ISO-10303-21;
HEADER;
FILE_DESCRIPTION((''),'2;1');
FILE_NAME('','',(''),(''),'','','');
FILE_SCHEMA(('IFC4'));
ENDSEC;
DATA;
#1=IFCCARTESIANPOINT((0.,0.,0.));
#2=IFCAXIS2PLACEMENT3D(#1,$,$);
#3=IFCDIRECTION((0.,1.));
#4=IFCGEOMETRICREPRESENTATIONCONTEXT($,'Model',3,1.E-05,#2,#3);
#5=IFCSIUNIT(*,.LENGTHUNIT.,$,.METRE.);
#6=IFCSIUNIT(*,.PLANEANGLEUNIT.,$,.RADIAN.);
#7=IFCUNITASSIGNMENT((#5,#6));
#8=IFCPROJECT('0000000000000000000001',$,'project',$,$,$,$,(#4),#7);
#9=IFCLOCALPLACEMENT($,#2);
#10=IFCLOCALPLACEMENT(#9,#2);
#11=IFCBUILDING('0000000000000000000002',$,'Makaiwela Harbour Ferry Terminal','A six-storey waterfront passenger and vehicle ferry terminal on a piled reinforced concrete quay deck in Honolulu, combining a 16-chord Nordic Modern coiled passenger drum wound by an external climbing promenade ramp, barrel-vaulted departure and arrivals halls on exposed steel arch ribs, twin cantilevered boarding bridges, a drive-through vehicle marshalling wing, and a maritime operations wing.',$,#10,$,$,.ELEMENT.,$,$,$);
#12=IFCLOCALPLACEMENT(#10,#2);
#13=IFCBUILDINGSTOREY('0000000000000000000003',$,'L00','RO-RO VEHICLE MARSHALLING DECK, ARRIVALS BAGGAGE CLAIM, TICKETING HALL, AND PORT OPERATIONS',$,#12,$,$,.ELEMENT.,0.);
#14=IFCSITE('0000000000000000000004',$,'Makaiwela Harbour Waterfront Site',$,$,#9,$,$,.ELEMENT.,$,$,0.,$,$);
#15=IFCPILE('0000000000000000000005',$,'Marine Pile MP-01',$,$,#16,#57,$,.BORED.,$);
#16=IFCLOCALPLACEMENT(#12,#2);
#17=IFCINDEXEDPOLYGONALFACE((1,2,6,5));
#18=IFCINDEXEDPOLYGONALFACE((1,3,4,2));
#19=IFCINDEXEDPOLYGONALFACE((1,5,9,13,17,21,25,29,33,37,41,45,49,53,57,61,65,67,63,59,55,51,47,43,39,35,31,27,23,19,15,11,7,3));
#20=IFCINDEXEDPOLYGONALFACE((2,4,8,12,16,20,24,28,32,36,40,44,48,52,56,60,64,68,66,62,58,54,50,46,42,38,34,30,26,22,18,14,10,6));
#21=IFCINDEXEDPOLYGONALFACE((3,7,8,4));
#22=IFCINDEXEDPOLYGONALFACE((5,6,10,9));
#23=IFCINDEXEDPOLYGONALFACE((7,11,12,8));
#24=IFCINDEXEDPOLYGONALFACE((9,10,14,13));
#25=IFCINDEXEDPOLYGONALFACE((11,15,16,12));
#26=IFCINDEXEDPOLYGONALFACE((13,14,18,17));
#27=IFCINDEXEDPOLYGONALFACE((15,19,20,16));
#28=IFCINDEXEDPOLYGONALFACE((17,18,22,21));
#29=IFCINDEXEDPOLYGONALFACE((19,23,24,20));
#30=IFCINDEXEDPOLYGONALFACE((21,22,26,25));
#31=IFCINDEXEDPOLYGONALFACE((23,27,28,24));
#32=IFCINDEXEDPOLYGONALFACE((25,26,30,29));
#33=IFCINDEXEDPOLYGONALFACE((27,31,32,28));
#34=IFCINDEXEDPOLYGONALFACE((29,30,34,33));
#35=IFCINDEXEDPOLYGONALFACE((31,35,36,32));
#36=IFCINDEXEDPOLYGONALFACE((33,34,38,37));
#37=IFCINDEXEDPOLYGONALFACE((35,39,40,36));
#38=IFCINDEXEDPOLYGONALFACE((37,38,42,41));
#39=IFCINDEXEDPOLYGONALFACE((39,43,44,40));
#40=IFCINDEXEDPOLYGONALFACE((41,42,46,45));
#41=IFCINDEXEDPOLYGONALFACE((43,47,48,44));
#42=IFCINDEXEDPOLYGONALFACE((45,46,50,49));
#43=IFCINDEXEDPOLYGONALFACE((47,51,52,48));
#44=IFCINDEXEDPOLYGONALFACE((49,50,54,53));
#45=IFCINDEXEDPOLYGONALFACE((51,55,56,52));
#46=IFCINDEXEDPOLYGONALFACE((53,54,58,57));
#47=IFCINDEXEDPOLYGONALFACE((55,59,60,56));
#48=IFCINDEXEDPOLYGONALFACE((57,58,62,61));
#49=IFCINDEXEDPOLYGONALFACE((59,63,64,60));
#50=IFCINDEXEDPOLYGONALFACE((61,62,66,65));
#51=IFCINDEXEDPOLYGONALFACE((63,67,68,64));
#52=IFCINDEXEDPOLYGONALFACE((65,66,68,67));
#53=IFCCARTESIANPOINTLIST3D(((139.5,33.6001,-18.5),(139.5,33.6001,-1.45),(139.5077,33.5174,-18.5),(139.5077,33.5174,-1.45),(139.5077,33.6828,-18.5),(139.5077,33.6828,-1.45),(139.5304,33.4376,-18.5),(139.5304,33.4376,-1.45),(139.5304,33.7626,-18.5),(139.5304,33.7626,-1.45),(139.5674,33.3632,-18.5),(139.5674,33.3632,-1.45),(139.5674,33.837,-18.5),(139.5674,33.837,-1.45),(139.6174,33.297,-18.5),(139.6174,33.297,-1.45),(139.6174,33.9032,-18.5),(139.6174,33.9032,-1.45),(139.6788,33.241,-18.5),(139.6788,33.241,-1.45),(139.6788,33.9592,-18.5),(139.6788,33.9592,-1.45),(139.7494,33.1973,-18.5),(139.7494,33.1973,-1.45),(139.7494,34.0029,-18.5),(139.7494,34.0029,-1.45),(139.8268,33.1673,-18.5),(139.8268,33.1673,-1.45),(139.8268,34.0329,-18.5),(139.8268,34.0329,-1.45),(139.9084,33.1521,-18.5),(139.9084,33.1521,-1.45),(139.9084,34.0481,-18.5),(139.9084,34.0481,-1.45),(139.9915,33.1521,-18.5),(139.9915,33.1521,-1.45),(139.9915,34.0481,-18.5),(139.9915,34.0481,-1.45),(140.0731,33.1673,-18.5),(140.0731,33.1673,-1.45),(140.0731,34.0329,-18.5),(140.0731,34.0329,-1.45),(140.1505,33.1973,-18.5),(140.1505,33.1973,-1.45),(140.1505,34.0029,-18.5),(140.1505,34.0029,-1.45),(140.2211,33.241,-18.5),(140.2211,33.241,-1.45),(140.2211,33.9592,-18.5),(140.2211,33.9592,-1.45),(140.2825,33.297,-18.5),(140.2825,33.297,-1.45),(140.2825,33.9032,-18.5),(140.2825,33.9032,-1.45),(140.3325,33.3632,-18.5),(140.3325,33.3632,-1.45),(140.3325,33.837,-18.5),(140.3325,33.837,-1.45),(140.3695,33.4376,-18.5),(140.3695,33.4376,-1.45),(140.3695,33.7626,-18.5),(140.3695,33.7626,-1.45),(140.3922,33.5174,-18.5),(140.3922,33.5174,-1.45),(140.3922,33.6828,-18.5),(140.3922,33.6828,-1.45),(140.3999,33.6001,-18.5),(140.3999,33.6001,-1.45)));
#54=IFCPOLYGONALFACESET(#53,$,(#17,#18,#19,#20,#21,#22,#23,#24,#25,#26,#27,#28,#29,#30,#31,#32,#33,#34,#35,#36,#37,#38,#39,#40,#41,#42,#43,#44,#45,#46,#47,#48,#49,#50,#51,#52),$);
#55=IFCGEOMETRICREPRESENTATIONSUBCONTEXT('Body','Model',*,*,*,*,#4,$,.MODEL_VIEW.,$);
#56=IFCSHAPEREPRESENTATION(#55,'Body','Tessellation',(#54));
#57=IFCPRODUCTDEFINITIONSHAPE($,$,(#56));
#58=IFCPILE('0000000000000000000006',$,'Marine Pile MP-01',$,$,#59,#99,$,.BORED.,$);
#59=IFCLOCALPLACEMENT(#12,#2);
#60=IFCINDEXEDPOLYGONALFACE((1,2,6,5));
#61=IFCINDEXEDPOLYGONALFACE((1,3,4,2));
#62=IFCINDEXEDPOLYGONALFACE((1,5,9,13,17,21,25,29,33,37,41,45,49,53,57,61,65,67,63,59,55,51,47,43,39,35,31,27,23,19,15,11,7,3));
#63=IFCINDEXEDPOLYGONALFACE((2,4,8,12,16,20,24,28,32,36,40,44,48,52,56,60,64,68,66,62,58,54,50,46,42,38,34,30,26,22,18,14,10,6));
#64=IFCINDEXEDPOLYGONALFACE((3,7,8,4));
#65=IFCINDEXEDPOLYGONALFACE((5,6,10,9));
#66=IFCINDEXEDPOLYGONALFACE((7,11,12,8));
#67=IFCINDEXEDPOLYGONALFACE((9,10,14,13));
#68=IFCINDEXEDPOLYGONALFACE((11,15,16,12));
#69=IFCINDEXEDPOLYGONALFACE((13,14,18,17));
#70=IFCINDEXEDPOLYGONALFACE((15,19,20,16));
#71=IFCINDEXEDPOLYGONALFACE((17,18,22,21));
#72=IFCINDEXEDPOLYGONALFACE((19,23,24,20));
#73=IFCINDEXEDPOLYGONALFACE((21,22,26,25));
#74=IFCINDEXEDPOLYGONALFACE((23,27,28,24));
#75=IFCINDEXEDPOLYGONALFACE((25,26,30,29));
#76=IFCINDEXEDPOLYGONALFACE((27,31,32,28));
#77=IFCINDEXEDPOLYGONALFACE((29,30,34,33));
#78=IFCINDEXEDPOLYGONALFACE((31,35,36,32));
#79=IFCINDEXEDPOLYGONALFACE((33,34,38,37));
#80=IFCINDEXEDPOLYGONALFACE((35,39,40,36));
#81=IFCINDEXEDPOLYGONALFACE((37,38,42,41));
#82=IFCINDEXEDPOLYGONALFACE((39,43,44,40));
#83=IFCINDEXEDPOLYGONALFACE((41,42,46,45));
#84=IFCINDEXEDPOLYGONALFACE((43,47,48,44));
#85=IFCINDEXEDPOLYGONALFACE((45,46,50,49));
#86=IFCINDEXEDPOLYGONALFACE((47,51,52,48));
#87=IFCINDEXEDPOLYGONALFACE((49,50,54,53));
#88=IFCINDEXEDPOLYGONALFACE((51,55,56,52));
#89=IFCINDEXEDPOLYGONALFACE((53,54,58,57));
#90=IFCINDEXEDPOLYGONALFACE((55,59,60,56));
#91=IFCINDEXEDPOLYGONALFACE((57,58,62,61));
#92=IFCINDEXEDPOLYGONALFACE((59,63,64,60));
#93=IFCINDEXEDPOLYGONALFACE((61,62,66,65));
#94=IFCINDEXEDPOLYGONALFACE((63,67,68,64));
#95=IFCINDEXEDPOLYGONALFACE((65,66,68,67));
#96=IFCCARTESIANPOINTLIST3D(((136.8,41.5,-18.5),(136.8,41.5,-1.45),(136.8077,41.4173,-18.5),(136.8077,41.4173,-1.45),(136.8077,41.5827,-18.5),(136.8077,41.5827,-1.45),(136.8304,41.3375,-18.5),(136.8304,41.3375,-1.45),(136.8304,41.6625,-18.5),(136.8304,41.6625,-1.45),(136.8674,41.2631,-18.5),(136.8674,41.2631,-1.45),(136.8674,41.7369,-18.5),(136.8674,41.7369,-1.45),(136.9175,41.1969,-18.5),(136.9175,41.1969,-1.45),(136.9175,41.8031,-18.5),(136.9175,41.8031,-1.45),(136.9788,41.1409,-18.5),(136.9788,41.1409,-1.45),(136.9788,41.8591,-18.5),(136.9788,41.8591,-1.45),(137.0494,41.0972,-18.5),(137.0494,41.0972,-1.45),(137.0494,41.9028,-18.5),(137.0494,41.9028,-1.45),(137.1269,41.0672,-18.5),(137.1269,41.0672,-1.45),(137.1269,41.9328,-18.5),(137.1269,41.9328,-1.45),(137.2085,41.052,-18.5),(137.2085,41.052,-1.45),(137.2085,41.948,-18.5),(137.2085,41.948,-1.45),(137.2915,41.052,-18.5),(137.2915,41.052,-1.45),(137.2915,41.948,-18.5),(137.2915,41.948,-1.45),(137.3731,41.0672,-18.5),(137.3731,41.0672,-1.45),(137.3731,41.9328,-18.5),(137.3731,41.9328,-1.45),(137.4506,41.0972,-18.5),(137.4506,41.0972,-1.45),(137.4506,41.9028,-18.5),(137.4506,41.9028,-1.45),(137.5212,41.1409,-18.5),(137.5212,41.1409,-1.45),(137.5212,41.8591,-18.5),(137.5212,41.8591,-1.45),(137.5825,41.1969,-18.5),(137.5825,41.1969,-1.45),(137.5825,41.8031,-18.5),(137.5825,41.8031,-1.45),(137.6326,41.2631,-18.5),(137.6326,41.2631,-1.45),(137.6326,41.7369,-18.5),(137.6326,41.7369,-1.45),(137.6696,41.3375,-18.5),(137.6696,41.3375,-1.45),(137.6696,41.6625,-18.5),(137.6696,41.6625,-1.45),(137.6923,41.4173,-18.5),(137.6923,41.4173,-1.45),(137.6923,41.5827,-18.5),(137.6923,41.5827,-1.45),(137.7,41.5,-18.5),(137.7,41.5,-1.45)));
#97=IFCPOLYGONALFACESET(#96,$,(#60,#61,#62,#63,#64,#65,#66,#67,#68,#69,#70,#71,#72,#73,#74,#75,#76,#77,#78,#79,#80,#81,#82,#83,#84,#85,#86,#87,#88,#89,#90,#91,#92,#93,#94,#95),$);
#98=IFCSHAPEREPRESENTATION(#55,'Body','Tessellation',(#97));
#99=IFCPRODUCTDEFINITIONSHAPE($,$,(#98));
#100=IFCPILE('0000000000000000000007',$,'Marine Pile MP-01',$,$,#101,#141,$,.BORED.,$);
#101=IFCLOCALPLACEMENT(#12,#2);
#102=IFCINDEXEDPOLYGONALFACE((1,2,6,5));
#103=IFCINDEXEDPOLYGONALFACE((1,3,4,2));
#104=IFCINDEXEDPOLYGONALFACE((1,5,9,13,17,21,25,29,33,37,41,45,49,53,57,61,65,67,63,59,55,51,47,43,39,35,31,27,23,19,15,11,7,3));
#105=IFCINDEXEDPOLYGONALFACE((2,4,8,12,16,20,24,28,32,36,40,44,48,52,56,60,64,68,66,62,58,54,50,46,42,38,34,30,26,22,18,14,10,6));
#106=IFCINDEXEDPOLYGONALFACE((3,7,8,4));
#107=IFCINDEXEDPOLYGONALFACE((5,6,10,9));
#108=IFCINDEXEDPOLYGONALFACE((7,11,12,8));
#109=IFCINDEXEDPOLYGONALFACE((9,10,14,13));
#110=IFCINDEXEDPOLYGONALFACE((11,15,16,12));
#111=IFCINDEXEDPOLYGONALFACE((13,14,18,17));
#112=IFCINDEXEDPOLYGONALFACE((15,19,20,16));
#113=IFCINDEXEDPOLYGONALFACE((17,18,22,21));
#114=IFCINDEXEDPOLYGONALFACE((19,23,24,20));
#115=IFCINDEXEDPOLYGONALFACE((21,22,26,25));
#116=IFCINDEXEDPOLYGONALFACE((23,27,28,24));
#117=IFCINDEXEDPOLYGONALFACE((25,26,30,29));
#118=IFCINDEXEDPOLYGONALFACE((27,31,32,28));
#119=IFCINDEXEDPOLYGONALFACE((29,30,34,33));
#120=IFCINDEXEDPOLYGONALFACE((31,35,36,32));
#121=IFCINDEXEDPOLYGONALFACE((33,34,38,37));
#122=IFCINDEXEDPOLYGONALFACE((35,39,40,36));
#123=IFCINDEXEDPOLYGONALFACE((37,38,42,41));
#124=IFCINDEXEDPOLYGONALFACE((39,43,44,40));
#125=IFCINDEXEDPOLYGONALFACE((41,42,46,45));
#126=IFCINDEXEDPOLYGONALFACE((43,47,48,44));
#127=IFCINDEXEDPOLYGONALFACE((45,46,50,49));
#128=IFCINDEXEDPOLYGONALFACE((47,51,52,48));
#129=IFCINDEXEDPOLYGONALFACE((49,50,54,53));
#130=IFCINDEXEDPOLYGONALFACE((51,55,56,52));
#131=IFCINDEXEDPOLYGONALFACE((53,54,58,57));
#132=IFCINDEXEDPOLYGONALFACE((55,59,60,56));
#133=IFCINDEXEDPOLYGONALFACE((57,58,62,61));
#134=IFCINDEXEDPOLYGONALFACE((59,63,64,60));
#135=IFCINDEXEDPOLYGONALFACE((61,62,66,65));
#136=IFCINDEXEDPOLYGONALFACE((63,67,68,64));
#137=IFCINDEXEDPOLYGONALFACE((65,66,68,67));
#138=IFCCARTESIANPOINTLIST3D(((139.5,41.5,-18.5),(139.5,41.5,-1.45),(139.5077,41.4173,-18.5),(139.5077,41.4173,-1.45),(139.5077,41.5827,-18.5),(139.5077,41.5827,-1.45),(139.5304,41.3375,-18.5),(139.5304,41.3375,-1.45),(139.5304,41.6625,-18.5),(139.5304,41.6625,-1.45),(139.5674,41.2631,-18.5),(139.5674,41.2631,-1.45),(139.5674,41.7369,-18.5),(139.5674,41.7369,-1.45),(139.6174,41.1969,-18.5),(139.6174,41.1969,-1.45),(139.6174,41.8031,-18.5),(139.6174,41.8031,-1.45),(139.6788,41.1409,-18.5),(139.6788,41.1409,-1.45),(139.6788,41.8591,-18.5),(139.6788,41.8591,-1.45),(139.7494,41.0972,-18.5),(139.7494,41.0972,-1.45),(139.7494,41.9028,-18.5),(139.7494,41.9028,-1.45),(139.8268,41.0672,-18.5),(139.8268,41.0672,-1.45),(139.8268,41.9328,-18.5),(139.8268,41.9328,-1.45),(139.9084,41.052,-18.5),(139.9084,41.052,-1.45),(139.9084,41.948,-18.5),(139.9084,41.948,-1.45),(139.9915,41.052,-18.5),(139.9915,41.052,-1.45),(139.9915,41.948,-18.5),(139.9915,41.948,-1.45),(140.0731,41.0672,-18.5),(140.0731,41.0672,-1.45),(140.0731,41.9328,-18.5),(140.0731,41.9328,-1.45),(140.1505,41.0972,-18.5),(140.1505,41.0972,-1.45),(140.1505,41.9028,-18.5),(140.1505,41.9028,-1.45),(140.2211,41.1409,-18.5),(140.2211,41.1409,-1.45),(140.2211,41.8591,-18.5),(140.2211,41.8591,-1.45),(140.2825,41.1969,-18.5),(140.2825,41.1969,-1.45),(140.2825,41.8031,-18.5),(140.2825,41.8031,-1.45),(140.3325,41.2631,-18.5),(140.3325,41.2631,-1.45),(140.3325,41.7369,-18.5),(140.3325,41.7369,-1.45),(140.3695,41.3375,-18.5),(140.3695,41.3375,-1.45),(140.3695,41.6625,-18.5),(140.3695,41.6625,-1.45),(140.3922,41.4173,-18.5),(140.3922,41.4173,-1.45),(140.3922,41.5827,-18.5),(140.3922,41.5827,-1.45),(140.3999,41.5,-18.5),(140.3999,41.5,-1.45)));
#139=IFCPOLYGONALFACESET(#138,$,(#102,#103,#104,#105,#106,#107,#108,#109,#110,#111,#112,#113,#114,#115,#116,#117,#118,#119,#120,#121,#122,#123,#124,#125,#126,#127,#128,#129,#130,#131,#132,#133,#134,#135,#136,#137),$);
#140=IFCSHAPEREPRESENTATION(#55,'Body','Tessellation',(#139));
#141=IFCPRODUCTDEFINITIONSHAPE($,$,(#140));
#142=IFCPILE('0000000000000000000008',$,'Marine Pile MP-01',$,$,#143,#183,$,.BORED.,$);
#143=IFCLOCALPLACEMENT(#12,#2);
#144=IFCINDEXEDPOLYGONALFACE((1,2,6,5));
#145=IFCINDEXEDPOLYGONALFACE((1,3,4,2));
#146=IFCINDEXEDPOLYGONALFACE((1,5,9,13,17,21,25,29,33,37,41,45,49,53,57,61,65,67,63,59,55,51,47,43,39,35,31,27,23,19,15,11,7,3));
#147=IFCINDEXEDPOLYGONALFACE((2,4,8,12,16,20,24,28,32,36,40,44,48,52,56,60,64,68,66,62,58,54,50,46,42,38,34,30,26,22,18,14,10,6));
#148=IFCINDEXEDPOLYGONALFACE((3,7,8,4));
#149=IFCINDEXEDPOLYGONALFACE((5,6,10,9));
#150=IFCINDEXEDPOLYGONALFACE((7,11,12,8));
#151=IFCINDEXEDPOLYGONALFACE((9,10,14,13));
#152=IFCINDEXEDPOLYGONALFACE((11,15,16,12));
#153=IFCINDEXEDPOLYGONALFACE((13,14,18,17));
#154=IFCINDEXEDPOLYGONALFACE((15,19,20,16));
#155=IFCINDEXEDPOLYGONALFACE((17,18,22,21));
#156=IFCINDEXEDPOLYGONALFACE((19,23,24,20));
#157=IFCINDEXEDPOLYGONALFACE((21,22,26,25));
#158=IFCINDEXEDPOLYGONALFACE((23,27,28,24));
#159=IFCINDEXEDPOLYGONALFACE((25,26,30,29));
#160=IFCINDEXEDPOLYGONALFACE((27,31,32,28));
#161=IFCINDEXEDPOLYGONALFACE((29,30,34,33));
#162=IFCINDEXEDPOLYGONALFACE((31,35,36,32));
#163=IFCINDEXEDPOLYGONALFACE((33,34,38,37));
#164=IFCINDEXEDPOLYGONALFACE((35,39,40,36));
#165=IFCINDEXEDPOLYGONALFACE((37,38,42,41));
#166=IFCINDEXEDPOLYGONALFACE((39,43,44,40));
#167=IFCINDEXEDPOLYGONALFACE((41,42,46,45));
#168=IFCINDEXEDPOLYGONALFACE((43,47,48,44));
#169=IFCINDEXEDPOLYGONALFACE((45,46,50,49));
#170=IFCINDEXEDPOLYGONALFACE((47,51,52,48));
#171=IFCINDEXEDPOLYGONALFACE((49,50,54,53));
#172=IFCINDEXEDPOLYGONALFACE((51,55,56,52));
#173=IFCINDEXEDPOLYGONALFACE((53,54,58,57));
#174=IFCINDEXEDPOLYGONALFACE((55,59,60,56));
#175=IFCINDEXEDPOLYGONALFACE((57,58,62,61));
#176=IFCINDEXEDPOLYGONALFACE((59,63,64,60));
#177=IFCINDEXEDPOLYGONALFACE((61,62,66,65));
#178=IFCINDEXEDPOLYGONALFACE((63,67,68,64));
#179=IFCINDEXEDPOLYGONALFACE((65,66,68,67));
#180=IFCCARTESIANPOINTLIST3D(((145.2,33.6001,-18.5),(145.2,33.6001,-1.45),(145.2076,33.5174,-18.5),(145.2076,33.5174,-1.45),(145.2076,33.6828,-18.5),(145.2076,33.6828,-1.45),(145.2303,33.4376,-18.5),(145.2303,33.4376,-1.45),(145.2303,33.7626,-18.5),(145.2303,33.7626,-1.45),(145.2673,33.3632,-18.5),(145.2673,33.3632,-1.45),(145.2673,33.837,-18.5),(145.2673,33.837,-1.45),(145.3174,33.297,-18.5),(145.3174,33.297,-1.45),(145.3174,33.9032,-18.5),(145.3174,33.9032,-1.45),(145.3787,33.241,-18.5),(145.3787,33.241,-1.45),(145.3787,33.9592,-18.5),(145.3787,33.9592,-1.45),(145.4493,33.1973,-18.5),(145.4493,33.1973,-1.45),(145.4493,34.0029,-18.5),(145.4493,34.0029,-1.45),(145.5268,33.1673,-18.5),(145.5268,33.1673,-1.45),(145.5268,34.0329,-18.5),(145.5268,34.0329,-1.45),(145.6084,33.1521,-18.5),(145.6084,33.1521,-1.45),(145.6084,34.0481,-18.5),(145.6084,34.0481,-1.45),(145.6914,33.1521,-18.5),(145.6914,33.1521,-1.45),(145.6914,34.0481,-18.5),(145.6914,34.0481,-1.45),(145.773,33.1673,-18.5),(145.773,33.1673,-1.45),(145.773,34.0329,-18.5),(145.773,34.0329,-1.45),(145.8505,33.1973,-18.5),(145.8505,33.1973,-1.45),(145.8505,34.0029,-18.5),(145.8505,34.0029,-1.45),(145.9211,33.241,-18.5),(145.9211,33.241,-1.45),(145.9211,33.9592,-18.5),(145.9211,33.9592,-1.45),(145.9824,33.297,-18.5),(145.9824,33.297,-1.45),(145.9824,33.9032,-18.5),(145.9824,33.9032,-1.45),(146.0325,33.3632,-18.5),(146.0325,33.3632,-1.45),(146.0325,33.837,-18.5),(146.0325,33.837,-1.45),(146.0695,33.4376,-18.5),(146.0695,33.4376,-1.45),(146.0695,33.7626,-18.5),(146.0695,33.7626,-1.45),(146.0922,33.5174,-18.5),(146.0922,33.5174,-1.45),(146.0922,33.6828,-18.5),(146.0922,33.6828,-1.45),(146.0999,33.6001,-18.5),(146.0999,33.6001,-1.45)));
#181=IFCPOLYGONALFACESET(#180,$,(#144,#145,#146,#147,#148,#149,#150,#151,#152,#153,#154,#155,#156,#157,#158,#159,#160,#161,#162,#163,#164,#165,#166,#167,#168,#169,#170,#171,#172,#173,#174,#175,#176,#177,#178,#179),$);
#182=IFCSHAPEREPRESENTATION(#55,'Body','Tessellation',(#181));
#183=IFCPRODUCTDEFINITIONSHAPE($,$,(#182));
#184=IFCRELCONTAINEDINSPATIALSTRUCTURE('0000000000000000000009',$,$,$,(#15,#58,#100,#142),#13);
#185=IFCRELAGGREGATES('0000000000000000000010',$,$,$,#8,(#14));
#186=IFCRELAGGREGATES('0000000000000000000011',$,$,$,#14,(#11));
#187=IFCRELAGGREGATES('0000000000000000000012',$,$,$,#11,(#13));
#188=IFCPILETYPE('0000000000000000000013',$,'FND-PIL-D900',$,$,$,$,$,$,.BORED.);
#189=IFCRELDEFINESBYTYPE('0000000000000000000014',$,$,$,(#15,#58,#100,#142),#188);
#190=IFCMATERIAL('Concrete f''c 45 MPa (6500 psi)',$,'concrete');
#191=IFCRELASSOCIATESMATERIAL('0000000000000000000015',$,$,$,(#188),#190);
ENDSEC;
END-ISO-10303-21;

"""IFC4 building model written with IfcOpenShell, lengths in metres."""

from ifc_helpers import new_model, si_unit, direction, frame, origin, origin_2d, place, context, subcontext, project, spatial, circle, extrude, material, material_profile, profile_set, type_object, element, save


model = new_model("IFC4")

# Units and contexts
model_context = context("Model", 3, precision=1e-05, world=origin(), true_north=direction((0.0, 1.0)))
body_context = subcontext(model_context, "Body", "Model", "MODEL_VIEW")
ifc_project = project(units=[si_unit("LENGTHUNIT", "METRE"), si_unit("PLANEANGLEUNIT", "RADIAN")], contexts=[model_context])

# Site, building, storey
site_placement = place(None, origin())
site = spatial("IfcSite", under=ifc_project, at=site_placement, Name="Makaiwela Harbour Waterfront Site", CompositionType="ELEMENT", RefElevation=0.0)
building_placement = place(site_placement, origin())
building = spatial("IfcBuilding", under=site, at=building_placement, Name="Makaiwela Harbour Ferry Terminal", Description="A six-storey waterfront passenger and vehicle ferry terminal on a piled reinforced concrete quay deck in Honolulu, combining a 16-chord Nordic Modern coiled passenger drum wound by an external climbing promenade ramp, barrel-vaulted departure and arrivals halls on exposed steel arch ribs, twin cantilevered boarding bridges, a drive-through vehicle marshalling wing, and a maritime operations wing.", CompositionType="ELEMENT")
storey_placement = place(building_placement, origin())
storey = spatial("IfcBuildingStorey", under=building, at=storey_placement, Name="L00", Description="RO-RO VEHICLE MARSHALLING DECK, ARRIVALS BAGGAGE CLAIM, TICKETING HALL, AND PORT OPERATIONS", CompositionType="ELEMENT", Elevation=0.0)

# Shared definitions
ifc_material_1 = material(Name="Concrete f'c 45 MPa (6500 psi)", Category="concrete")

# Piles
ifc_material_profile_1 = material_profile(ifc_material_1, circle(Radius=0.45, at=origin_2d()), Name="PILE-D900")
ifc_profile_set_1 = profile_set([ifc_material_profile_1], Name="Concrete f'c 45 MPa (6500 psi)")
pile_type = type_object("IfcPileType", Name="FND-PIL-D900", PredefinedType="BORED", material=ifc_profile_set_1)
for number, where, z_axis, x_axis, name in (
    (1, (139.95, 33.6001, -1.45), (0.0, 0.0, -1.0), (1.0, 0.0, 0.0), "Marine Pile MP-01"),
    (2, (137.25, 41.5, -1.45), (0.0, 0.0, -1.0), (1.0, 0.0, 0.0), "Marine Pile MP-01"),
    (3, (139.95, 41.5, -1.45), (0.0, 0.0, -1.0), (1.0, 0.0, 0.0), "Marine Pile MP-01"),
    (4, (145.6499, 33.6001, -1.45), (0.0, 0.0, -1.0), (1.0, 0.0, 0.0), "Marine Pile MP-01"),
):
    element("IfcPile", number, at=place(storey_placement, frame(where, z_axis=z_axis, x_axis=x_axis)), inside=storey, type_object=pile_type, Name=name, PredefinedType="BORED", context=body_context, shape_type="SweptSolid", body=[
        extrude(circle(Radius=0.45, at=origin_2d()), origin(), (0.0, 0.0, 1.0), 17.05),
    ])

save(model, "model.ifc")
